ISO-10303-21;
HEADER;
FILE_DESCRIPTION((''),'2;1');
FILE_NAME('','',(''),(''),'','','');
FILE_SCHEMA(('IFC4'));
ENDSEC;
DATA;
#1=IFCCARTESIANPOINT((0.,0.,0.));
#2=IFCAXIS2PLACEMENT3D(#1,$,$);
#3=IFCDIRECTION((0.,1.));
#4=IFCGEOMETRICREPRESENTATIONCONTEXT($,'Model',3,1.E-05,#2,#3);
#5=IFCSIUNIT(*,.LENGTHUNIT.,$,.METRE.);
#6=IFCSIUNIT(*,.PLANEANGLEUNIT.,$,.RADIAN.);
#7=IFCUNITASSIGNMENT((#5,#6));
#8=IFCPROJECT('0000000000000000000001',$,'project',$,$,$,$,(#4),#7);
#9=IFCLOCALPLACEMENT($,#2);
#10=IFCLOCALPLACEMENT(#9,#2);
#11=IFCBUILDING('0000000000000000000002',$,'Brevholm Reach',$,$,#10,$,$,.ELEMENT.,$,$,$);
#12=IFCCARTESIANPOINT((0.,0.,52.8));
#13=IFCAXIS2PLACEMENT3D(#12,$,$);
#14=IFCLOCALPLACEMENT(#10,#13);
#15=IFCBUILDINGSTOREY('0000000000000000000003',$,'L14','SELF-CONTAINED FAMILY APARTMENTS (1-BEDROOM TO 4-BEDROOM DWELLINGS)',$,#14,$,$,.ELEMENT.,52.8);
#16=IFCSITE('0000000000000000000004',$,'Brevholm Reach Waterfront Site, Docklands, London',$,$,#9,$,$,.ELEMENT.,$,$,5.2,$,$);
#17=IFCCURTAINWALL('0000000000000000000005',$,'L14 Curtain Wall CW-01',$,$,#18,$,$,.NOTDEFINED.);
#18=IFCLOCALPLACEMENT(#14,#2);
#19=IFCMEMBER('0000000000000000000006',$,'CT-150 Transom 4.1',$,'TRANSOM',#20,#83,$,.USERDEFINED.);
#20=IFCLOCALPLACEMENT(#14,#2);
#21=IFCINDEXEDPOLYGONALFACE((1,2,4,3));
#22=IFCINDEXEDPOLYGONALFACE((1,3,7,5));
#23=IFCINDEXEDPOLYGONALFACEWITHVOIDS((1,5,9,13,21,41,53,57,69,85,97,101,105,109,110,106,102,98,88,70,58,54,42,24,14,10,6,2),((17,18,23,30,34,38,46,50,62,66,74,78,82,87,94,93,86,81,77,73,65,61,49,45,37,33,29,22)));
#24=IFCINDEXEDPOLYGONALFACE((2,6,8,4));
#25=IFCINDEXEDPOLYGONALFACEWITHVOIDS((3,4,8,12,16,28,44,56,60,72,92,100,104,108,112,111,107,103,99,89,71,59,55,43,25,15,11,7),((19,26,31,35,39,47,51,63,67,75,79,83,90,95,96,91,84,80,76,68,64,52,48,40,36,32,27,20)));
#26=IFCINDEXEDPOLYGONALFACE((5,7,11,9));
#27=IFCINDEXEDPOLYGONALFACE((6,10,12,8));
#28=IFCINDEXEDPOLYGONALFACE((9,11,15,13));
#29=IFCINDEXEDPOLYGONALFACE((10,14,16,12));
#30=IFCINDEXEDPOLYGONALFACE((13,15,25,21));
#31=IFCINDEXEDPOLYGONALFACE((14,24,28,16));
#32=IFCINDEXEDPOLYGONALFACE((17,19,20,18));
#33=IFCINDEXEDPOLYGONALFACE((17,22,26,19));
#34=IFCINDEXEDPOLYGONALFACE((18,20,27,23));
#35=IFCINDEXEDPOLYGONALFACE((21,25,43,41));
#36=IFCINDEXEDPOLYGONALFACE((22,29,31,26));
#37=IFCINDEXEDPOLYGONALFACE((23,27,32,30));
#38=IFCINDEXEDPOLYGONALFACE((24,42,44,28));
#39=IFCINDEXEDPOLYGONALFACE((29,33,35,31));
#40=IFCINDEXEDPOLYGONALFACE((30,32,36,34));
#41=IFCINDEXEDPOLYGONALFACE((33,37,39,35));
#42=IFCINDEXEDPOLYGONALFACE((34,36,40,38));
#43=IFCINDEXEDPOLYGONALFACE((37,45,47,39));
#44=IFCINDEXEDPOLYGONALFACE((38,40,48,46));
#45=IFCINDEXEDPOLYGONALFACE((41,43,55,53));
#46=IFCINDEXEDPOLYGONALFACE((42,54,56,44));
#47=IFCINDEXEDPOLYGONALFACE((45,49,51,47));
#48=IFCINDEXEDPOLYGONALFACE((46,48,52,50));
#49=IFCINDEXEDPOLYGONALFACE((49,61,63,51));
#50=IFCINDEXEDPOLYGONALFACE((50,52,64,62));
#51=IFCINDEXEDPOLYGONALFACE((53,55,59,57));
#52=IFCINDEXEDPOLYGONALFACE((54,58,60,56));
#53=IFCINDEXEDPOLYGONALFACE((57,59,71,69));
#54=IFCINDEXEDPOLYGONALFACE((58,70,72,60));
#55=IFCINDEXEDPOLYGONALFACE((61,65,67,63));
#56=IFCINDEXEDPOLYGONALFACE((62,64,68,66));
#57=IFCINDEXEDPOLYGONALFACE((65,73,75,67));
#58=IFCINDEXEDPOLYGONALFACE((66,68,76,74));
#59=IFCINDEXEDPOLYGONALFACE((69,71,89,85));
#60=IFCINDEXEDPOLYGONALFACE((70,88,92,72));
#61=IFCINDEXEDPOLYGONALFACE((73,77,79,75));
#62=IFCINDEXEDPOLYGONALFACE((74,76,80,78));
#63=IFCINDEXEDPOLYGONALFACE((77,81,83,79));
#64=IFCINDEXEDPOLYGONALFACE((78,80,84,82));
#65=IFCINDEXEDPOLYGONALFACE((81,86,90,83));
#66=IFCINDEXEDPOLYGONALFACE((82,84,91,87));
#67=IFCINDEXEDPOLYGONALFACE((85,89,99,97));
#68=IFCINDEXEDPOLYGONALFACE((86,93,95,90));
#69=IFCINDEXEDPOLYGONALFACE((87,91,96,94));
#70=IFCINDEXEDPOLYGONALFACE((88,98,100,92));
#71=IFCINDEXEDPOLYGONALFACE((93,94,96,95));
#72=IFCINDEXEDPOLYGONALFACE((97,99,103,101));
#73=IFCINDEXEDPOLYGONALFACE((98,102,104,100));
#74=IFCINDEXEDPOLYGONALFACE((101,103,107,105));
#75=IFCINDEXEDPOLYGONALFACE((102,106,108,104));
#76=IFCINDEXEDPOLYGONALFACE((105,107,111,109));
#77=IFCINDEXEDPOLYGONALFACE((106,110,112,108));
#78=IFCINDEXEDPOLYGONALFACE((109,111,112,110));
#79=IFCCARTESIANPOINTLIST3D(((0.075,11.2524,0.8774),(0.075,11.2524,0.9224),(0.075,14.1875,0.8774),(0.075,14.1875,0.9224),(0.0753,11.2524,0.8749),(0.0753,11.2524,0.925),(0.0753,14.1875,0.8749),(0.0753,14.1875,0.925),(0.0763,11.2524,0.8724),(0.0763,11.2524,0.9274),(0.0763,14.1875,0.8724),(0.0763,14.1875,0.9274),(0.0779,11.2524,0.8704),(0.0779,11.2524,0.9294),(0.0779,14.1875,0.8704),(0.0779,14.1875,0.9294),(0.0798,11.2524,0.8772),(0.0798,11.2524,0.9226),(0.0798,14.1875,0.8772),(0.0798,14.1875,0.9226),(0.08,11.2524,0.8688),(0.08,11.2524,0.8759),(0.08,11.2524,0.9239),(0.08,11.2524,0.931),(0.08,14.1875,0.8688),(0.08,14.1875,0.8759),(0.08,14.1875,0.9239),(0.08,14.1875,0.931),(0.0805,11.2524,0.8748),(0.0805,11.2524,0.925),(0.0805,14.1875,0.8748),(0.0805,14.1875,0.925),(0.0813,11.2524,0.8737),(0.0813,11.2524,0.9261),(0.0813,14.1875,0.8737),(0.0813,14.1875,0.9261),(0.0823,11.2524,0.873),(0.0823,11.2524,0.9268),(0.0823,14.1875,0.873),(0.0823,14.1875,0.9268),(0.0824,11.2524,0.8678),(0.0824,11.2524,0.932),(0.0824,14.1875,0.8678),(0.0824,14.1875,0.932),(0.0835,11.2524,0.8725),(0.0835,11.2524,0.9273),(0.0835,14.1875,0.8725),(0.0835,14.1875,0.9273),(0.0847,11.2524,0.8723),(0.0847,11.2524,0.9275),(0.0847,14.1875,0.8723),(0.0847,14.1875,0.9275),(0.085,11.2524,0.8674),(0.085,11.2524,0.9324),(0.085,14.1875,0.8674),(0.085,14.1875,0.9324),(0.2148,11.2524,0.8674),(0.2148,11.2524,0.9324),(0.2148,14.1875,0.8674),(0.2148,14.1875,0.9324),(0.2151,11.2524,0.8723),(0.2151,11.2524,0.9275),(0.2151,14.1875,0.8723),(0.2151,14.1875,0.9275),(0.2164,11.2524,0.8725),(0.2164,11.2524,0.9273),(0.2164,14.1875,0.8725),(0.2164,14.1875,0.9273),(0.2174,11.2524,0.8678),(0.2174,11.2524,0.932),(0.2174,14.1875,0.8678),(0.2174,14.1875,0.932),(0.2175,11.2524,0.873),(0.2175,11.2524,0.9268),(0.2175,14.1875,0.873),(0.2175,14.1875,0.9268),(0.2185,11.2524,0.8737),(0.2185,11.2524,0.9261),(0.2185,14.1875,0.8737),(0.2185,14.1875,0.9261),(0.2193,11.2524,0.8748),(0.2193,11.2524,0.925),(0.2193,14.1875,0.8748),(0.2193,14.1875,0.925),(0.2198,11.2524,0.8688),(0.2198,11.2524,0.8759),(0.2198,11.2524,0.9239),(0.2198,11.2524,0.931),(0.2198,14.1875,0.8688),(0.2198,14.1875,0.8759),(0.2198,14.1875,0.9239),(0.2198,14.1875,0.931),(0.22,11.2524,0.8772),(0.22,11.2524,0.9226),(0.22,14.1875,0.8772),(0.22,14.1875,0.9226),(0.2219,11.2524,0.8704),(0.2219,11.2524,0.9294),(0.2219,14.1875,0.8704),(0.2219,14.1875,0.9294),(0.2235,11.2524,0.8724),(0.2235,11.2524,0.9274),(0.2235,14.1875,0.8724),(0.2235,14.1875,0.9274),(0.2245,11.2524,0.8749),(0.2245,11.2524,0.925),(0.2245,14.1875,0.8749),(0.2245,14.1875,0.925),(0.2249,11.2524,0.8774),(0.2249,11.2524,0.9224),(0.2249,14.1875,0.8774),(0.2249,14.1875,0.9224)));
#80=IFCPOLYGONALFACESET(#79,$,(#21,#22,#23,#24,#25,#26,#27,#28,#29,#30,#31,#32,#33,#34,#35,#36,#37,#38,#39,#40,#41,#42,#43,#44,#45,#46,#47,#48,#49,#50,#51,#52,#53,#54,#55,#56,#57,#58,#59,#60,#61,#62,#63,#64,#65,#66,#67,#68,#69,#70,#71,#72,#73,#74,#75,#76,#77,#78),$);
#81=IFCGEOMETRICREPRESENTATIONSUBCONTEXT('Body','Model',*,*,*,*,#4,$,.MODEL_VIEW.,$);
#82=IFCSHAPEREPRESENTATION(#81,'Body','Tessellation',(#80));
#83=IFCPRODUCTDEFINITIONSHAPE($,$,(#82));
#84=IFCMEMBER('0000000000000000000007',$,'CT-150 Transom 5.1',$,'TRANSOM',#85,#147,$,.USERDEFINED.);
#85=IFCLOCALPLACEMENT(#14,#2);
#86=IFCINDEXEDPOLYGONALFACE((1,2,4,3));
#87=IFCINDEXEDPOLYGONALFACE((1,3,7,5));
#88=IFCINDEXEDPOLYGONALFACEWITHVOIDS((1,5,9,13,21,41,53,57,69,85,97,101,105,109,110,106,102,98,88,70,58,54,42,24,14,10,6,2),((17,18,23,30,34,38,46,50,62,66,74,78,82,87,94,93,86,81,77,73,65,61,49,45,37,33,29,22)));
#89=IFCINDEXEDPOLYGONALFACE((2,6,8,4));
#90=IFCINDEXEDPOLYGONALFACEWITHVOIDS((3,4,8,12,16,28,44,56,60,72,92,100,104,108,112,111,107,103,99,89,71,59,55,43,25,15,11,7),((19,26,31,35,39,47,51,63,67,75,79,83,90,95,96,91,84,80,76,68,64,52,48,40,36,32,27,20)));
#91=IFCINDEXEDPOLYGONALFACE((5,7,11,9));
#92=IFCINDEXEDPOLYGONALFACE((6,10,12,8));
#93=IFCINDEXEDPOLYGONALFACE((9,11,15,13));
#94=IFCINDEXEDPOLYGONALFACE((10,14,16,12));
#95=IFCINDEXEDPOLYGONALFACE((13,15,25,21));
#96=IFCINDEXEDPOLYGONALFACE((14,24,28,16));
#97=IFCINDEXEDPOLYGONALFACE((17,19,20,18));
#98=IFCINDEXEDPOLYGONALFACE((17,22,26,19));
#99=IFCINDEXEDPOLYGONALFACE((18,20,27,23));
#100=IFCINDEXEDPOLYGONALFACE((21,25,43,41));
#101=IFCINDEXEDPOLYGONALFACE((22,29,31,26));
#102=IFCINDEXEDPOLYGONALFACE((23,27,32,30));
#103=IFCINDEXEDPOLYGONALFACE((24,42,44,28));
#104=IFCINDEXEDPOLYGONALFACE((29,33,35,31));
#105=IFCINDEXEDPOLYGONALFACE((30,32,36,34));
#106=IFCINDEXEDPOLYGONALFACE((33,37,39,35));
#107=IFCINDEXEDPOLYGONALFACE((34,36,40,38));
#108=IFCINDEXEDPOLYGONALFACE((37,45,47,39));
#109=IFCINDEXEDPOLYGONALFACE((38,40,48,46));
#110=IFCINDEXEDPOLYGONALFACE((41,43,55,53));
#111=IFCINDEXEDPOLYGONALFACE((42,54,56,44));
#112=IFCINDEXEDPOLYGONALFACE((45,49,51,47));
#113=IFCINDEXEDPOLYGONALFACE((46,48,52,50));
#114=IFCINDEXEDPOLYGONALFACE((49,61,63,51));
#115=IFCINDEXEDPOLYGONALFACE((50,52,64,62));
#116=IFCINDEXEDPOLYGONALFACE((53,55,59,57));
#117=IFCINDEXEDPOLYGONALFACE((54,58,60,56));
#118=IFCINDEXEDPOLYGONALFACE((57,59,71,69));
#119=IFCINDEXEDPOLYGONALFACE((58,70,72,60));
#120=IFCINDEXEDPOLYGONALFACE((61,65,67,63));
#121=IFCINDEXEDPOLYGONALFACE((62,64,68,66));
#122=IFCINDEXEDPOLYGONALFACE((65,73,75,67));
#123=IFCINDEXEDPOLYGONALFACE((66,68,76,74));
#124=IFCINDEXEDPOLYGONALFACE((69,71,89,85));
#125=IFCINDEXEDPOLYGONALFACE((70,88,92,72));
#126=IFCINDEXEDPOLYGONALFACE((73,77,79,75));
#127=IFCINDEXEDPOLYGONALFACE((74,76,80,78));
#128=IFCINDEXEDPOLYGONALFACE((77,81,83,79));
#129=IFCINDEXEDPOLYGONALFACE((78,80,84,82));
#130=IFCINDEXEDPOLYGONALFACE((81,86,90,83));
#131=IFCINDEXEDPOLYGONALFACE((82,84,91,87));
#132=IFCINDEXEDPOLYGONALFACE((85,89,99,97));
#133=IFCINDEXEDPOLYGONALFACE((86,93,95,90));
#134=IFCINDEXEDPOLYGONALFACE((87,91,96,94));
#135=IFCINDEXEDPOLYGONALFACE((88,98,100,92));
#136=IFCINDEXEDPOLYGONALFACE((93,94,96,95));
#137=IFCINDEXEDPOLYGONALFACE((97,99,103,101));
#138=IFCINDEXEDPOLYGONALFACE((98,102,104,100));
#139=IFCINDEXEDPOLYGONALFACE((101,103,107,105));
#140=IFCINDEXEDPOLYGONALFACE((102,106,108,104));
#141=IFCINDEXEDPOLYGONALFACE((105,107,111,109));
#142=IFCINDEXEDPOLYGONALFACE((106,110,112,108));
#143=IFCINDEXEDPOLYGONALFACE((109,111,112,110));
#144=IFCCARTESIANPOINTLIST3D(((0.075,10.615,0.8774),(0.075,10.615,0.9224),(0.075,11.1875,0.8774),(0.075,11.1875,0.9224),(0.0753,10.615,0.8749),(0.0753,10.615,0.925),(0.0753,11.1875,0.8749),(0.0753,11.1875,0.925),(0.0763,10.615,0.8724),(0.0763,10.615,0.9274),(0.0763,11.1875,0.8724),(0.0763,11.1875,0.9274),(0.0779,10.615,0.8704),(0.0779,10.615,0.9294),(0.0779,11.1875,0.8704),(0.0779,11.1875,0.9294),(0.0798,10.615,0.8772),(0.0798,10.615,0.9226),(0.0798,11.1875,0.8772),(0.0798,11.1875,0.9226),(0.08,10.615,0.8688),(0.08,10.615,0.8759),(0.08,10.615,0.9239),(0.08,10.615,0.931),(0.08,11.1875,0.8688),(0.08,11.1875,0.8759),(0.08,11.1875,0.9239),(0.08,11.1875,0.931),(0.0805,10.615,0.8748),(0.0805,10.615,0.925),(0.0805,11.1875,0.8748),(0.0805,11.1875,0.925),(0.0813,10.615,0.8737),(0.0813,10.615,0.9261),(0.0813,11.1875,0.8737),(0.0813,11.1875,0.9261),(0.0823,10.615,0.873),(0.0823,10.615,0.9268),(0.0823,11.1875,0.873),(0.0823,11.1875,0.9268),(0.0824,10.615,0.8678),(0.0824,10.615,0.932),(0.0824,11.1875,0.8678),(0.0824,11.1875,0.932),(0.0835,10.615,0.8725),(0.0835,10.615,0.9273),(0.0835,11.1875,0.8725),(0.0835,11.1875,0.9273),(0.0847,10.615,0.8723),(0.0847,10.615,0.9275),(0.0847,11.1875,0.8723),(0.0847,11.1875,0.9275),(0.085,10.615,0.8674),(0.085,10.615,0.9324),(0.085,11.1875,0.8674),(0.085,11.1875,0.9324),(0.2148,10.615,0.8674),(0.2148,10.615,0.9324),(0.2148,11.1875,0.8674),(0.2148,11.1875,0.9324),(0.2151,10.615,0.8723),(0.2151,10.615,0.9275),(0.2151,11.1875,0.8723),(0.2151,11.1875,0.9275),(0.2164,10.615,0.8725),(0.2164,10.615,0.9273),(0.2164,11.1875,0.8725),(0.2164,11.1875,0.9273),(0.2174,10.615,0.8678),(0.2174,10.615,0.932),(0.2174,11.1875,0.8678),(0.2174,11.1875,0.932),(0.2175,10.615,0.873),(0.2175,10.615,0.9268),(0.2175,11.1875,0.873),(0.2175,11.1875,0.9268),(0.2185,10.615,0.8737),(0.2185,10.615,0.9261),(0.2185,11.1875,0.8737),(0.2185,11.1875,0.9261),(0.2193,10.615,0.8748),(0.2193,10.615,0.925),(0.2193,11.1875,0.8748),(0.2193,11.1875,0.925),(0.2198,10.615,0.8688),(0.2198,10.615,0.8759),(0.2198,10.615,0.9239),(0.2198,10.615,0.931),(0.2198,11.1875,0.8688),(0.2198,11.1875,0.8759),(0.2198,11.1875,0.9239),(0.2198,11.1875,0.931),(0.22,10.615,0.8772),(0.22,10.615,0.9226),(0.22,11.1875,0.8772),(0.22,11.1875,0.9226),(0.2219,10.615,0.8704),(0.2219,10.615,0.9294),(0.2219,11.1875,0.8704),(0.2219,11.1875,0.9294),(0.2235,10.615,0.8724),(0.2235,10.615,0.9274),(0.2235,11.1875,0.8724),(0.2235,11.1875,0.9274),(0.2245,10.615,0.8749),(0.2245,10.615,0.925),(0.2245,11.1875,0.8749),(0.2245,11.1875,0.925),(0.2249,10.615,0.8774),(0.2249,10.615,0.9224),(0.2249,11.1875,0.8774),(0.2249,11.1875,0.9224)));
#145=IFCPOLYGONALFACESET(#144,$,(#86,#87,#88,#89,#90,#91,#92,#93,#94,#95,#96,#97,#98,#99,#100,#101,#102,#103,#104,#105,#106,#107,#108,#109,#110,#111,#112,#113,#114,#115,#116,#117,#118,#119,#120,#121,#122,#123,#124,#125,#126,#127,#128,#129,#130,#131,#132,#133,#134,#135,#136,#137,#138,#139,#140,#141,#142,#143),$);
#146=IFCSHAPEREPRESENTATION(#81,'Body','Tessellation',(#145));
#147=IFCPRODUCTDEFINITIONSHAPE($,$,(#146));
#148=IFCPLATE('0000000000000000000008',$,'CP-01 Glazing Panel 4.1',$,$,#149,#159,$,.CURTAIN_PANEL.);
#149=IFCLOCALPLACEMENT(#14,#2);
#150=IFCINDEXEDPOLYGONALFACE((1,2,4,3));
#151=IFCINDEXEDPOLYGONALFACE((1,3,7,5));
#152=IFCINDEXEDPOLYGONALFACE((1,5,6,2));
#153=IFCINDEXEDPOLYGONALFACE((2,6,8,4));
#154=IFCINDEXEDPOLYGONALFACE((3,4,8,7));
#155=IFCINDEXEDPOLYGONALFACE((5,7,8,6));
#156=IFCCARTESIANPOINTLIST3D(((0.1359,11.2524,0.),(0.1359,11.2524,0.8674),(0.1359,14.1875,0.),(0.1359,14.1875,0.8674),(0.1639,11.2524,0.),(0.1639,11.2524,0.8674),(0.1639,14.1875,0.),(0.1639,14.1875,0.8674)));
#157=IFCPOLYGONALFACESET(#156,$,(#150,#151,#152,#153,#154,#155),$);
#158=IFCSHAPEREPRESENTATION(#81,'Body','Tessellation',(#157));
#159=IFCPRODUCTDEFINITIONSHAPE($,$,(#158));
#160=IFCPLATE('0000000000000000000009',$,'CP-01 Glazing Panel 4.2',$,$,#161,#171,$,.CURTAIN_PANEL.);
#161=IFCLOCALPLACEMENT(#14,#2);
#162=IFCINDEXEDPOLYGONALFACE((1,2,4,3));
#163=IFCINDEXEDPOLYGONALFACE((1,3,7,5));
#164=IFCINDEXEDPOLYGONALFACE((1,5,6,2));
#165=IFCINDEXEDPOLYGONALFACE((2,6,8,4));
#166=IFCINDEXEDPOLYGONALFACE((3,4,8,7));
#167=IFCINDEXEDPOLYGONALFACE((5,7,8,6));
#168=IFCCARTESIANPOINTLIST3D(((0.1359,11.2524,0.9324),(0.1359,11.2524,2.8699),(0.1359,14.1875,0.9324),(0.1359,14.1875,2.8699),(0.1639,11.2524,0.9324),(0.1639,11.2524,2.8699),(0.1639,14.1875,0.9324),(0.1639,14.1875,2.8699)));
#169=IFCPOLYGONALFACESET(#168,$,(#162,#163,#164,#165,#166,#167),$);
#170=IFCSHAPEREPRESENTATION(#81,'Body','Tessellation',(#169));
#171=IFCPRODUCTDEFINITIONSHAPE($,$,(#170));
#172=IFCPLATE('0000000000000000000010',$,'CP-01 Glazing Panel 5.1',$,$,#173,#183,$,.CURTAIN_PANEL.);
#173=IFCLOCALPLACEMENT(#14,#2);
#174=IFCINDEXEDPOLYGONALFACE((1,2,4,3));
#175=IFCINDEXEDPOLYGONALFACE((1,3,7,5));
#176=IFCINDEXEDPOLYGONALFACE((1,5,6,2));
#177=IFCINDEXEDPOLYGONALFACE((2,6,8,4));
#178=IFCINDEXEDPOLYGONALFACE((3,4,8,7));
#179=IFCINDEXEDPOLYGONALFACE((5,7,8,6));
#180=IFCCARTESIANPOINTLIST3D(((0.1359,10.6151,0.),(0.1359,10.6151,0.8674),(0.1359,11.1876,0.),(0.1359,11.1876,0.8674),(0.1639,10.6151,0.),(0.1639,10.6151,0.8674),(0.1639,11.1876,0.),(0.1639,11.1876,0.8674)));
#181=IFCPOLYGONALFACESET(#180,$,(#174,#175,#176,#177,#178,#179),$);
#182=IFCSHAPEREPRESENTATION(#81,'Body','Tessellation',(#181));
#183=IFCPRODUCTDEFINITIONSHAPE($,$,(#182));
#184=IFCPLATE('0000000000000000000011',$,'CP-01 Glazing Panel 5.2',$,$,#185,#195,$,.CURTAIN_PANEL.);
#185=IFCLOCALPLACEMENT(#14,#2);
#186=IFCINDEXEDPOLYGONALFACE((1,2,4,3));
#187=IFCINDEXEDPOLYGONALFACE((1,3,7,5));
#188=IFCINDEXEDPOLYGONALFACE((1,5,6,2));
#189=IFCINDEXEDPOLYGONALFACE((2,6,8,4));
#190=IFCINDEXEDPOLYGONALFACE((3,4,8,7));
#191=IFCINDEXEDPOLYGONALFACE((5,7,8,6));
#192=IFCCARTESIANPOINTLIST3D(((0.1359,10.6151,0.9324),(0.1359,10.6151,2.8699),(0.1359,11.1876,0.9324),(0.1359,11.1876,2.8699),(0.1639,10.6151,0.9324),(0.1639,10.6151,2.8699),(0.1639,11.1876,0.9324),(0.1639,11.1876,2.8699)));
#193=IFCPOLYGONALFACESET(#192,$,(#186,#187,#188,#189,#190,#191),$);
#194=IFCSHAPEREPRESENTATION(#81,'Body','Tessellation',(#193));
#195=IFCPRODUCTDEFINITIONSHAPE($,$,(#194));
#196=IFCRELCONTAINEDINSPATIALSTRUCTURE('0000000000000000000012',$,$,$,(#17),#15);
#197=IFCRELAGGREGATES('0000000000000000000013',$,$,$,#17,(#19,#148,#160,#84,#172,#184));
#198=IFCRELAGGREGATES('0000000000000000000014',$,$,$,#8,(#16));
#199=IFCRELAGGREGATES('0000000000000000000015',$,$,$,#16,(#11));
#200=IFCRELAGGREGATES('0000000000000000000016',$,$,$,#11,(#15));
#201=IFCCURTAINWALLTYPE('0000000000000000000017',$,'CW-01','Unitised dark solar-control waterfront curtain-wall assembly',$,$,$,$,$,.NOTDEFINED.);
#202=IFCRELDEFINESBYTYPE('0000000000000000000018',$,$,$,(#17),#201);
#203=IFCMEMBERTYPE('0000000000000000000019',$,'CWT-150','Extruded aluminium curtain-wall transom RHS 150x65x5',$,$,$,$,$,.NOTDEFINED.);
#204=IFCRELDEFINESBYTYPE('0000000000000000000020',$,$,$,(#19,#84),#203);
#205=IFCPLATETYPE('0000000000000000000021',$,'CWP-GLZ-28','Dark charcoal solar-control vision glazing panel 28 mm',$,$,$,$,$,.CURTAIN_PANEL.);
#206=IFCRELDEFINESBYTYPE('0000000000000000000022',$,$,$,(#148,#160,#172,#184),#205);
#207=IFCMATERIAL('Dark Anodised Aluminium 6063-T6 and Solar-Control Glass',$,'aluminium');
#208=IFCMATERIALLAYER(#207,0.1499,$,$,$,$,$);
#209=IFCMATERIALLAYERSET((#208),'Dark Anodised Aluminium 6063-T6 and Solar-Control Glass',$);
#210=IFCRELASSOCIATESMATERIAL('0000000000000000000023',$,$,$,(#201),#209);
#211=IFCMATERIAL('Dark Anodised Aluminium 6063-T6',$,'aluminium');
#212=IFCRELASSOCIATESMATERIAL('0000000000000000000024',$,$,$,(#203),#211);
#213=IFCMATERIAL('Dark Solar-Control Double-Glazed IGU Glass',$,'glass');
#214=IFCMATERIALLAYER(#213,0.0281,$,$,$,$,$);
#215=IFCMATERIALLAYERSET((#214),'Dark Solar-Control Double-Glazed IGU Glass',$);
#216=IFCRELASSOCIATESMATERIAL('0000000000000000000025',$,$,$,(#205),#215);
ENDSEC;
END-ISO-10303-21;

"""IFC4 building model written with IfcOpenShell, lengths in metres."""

from ifc_helpers import new_model, si_unit, direction, frame, origin, origin_2d, place, context, subcontext, project, spatial, rectangle, hollow_rectangle, extrude, material, layer, layer_set, material_profile, profile_set, type_object, element, aggregate, save


model = new_model("IFC4")

# Units and contexts
model_context = context("Model", 3, precision=1e-05, world=origin(), true_north=direction((0.0, 1.0)))
body_context = subcontext(model_context, "Body", "Model", "MODEL_VIEW")
ifc_project = project(units=[si_unit("LENGTHUNIT", "METRE"), si_unit("PLANEANGLEUNIT", "RADIAN")], contexts=[model_context])

# Site, building, storey
site_placement = place(None, origin())
site = spatial("IfcSite", under=ifc_project, at=site_placement, Name="Brevholm Reach Waterfront Site, Docklands, London", CompositionType="ELEMENT", RefElevation=5.2)
building_placement = place(site_placement, origin())
building = spatial("IfcBuilding", under=site, at=building_placement, Name="Brevholm Reach", CompositionType="ELEMENT")
storey_placement = place(building_placement, frame((0.0, 0.0, 52.8)))
storey = spatial("IfcBuildingStorey", under=building, at=storey_placement, Name="L14", Description="SELF-CONTAINED FAMILY APARTMENTS (1-BEDROOM TO 4-BEDROOM DWELLINGS)", CompositionType="ELEMENT", Elevation=52.8)

# Curtain wall, members, plates
ifc_material_1 = material(Name="Dark Anodised Aluminium 6063-T6 and Solar-Control Glass", Category="aluminium")
ifc_layer_1 = layer(ifc_material_1, 0.1499)
ifc_layer_set_1 = layer_set([ifc_layer_1], Name="Dark Anodised Aluminium 6063-T6 and Solar-Control Glass")
curtain_wall_type = type_object("IfcCurtainWallType", Name="CW-01", Description="Unitised dark solar-control waterfront curtain-wall assembly", PredefinedType="NOTDEFINED", material=ifc_layer_set_1)
curtain_wall_placement = place(storey_placement, origin())
curtain_wall = element("IfcCurtainWall", 1, at=curtain_wall_placement, inside=storey, type_object=curtain_wall_type, Name="L14 Curtain Wall CW-01", PredefinedType="NOTDEFINED")
ifc_material_2 = material(Name="Dark Anodised Aluminium 6063-T6", Category="aluminium")
ifc_material_profile_1 = material_profile(ifc_material_2, hollow_rectangle(XDim=0.0649, YDim=0.1499, WallThickness=0.0049, InnerFilletRadius=0.0049, OuterFilletRadius=0.01, at=origin_2d()), Name="RHS 150x65x5")
ifc_profile_set_1 = profile_set([ifc_material_profile_1], Name="Dark Anodised Aluminium 6063-T6")
member_type_1 = type_object("IfcMemberType", Name="CWT-150", Description="Extruded aluminium curtain-wall transom RHS 150x65x5", PredefinedType="NOTDEFINED", material=ifc_profile_set_1)
member_1_placement = place(storey_placement, frame((0.1499, 14.1875, 0.8999), z_axis=(0.0, -1.0, 0.0), x_axis=(0.0, 0.0, 1.0)))
member_1 = element("IfcMember", 2, at=member_1_placement, type_object=member_type_1, Name="CT-150 Transom 4.1", ObjectType="TRANSOM", PredefinedType="USERDEFINED", context=body_context, shape_type="SweptSolid", body=[
    extrude(hollow_rectangle(XDim=0.0649, YDim=0.1499, WallThickness=0.0049, InnerFilletRadius=0.0049, OuterFilletRadius=0.01, at=origin_2d()), origin(), (0.0, 0.0, 1.0), 2.9351),
])
member_2_placement = place(storey_placement, frame((0.1499, 11.1875, 0.8999), z_axis=(0.0, -1.0, 0.0), x_axis=(0.0, 0.0, 1.0)))
member_2 = element("IfcMember", 3, at=member_2_placement, type_object=member_type_1, Name="CT-150 Transom 5.1", ObjectType="TRANSOM", PredefinedType="USERDEFINED", context=body_context, shape_type="SweptSolid", body=[
    extrude(hollow_rectangle(XDim=0.0649, YDim=0.1499, WallThickness=0.0049, InnerFilletRadius=0.0049, OuterFilletRadius=0.01, at=origin_2d()), origin(), (0.0, 0.0, 1.0), 0.5725),
])
ifc_material_3 = material(Name="Dark Solar-Control Double-Glazed IGU Glass", Category="glass")
ifc_layer_2 = layer(ifc_material_3, 0.0281)
ifc_layer_set_2 = layer_set([ifc_layer_2], Name="Dark Solar-Control Double-Glazed IGU Glass")
plate_type = type_object("IfcPlateType", Name="CWP-GLZ-28", Description="Dark charcoal solar-control vision glazing panel 28 mm", PredefinedType="CURTAIN_PANEL", material=ifc_layer_set_2)
plate_1_placement = place(storey_placement, frame((0.1499, 12.72, 0.0), z_axis=(0.0, 0.0, 1.0), x_axis=(0.0, -1.0, 0.0)))
plate_1 = element("IfcPlate", 4, at=plate_1_placement, type_object=plate_type, Name="CP-01 Glazing Panel 4.1", PredefinedType="CURTAIN_PANEL", context=body_context, shape_type="SweptSolid", body=[
    extrude(rectangle(XDim=2.9351, YDim=0.0281, at=origin_2d()), origin(), (0.0, 0.0, 1.0), 0.8674),
])
plate_2_placement = place(storey_placement, frame((0.1499, 12.72, 0.9324), z_axis=(0.0, 0.0, 1.0), x_axis=(0.0, -1.0, 0.0)))
plate_2 = element("IfcPlate", 5, at=plate_2_placement, type_object=plate_type, Name="CP-01 Glazing Panel 4.2", PredefinedType="CURTAIN_PANEL", context=body_context, shape_type="SweptSolid", body=[
    extrude(rectangle(XDim=2.9351, YDim=0.0281, at=origin_2d()), origin(), (0.0, 0.0, 1.0), 1.9375),
])
plate_3_placement = place(storey_placement, frame((0.1499, 10.9014, 0.0), z_axis=(0.0, 0.0, 1.0), x_axis=(0.0, -1.0, 0.0)))
plate_3 = element("IfcPlate", 6, at=plate_3_placement, type_object=plate_type, Name="CP-01 Glazing Panel 5.1", PredefinedType="CURTAIN_PANEL", context=body_context, shape_type="SweptSolid", body=[
    extrude(rectangle(XDim=0.5725, YDim=0.0281, at=origin_2d()), origin(), (0.0, 0.0, 1.0), 0.8674),
])
plate_4_placement = place(storey_placement, frame((0.1499, 10.9014, 0.9324), z_axis=(0.0, 0.0, 1.0), x_axis=(0.0, -1.0, 0.0)))
plate_4 = element("IfcPlate", 7, at=plate_4_placement, type_object=plate_type, Name="CP-01 Glazing Panel 5.2", PredefinedType="CURTAIN_PANEL", context=body_context, shape_type="SweptSolid", body=[
    extrude(rectangle(XDim=0.5725, YDim=0.0281, at=origin_2d()), origin(), (0.0, 0.0, 1.0), 1.9375),
])
aggregate(curtain_wall, [member_1, plate_1, plate_2, member_2, plate_3, plate_4])

save(model, "model.ifc")
